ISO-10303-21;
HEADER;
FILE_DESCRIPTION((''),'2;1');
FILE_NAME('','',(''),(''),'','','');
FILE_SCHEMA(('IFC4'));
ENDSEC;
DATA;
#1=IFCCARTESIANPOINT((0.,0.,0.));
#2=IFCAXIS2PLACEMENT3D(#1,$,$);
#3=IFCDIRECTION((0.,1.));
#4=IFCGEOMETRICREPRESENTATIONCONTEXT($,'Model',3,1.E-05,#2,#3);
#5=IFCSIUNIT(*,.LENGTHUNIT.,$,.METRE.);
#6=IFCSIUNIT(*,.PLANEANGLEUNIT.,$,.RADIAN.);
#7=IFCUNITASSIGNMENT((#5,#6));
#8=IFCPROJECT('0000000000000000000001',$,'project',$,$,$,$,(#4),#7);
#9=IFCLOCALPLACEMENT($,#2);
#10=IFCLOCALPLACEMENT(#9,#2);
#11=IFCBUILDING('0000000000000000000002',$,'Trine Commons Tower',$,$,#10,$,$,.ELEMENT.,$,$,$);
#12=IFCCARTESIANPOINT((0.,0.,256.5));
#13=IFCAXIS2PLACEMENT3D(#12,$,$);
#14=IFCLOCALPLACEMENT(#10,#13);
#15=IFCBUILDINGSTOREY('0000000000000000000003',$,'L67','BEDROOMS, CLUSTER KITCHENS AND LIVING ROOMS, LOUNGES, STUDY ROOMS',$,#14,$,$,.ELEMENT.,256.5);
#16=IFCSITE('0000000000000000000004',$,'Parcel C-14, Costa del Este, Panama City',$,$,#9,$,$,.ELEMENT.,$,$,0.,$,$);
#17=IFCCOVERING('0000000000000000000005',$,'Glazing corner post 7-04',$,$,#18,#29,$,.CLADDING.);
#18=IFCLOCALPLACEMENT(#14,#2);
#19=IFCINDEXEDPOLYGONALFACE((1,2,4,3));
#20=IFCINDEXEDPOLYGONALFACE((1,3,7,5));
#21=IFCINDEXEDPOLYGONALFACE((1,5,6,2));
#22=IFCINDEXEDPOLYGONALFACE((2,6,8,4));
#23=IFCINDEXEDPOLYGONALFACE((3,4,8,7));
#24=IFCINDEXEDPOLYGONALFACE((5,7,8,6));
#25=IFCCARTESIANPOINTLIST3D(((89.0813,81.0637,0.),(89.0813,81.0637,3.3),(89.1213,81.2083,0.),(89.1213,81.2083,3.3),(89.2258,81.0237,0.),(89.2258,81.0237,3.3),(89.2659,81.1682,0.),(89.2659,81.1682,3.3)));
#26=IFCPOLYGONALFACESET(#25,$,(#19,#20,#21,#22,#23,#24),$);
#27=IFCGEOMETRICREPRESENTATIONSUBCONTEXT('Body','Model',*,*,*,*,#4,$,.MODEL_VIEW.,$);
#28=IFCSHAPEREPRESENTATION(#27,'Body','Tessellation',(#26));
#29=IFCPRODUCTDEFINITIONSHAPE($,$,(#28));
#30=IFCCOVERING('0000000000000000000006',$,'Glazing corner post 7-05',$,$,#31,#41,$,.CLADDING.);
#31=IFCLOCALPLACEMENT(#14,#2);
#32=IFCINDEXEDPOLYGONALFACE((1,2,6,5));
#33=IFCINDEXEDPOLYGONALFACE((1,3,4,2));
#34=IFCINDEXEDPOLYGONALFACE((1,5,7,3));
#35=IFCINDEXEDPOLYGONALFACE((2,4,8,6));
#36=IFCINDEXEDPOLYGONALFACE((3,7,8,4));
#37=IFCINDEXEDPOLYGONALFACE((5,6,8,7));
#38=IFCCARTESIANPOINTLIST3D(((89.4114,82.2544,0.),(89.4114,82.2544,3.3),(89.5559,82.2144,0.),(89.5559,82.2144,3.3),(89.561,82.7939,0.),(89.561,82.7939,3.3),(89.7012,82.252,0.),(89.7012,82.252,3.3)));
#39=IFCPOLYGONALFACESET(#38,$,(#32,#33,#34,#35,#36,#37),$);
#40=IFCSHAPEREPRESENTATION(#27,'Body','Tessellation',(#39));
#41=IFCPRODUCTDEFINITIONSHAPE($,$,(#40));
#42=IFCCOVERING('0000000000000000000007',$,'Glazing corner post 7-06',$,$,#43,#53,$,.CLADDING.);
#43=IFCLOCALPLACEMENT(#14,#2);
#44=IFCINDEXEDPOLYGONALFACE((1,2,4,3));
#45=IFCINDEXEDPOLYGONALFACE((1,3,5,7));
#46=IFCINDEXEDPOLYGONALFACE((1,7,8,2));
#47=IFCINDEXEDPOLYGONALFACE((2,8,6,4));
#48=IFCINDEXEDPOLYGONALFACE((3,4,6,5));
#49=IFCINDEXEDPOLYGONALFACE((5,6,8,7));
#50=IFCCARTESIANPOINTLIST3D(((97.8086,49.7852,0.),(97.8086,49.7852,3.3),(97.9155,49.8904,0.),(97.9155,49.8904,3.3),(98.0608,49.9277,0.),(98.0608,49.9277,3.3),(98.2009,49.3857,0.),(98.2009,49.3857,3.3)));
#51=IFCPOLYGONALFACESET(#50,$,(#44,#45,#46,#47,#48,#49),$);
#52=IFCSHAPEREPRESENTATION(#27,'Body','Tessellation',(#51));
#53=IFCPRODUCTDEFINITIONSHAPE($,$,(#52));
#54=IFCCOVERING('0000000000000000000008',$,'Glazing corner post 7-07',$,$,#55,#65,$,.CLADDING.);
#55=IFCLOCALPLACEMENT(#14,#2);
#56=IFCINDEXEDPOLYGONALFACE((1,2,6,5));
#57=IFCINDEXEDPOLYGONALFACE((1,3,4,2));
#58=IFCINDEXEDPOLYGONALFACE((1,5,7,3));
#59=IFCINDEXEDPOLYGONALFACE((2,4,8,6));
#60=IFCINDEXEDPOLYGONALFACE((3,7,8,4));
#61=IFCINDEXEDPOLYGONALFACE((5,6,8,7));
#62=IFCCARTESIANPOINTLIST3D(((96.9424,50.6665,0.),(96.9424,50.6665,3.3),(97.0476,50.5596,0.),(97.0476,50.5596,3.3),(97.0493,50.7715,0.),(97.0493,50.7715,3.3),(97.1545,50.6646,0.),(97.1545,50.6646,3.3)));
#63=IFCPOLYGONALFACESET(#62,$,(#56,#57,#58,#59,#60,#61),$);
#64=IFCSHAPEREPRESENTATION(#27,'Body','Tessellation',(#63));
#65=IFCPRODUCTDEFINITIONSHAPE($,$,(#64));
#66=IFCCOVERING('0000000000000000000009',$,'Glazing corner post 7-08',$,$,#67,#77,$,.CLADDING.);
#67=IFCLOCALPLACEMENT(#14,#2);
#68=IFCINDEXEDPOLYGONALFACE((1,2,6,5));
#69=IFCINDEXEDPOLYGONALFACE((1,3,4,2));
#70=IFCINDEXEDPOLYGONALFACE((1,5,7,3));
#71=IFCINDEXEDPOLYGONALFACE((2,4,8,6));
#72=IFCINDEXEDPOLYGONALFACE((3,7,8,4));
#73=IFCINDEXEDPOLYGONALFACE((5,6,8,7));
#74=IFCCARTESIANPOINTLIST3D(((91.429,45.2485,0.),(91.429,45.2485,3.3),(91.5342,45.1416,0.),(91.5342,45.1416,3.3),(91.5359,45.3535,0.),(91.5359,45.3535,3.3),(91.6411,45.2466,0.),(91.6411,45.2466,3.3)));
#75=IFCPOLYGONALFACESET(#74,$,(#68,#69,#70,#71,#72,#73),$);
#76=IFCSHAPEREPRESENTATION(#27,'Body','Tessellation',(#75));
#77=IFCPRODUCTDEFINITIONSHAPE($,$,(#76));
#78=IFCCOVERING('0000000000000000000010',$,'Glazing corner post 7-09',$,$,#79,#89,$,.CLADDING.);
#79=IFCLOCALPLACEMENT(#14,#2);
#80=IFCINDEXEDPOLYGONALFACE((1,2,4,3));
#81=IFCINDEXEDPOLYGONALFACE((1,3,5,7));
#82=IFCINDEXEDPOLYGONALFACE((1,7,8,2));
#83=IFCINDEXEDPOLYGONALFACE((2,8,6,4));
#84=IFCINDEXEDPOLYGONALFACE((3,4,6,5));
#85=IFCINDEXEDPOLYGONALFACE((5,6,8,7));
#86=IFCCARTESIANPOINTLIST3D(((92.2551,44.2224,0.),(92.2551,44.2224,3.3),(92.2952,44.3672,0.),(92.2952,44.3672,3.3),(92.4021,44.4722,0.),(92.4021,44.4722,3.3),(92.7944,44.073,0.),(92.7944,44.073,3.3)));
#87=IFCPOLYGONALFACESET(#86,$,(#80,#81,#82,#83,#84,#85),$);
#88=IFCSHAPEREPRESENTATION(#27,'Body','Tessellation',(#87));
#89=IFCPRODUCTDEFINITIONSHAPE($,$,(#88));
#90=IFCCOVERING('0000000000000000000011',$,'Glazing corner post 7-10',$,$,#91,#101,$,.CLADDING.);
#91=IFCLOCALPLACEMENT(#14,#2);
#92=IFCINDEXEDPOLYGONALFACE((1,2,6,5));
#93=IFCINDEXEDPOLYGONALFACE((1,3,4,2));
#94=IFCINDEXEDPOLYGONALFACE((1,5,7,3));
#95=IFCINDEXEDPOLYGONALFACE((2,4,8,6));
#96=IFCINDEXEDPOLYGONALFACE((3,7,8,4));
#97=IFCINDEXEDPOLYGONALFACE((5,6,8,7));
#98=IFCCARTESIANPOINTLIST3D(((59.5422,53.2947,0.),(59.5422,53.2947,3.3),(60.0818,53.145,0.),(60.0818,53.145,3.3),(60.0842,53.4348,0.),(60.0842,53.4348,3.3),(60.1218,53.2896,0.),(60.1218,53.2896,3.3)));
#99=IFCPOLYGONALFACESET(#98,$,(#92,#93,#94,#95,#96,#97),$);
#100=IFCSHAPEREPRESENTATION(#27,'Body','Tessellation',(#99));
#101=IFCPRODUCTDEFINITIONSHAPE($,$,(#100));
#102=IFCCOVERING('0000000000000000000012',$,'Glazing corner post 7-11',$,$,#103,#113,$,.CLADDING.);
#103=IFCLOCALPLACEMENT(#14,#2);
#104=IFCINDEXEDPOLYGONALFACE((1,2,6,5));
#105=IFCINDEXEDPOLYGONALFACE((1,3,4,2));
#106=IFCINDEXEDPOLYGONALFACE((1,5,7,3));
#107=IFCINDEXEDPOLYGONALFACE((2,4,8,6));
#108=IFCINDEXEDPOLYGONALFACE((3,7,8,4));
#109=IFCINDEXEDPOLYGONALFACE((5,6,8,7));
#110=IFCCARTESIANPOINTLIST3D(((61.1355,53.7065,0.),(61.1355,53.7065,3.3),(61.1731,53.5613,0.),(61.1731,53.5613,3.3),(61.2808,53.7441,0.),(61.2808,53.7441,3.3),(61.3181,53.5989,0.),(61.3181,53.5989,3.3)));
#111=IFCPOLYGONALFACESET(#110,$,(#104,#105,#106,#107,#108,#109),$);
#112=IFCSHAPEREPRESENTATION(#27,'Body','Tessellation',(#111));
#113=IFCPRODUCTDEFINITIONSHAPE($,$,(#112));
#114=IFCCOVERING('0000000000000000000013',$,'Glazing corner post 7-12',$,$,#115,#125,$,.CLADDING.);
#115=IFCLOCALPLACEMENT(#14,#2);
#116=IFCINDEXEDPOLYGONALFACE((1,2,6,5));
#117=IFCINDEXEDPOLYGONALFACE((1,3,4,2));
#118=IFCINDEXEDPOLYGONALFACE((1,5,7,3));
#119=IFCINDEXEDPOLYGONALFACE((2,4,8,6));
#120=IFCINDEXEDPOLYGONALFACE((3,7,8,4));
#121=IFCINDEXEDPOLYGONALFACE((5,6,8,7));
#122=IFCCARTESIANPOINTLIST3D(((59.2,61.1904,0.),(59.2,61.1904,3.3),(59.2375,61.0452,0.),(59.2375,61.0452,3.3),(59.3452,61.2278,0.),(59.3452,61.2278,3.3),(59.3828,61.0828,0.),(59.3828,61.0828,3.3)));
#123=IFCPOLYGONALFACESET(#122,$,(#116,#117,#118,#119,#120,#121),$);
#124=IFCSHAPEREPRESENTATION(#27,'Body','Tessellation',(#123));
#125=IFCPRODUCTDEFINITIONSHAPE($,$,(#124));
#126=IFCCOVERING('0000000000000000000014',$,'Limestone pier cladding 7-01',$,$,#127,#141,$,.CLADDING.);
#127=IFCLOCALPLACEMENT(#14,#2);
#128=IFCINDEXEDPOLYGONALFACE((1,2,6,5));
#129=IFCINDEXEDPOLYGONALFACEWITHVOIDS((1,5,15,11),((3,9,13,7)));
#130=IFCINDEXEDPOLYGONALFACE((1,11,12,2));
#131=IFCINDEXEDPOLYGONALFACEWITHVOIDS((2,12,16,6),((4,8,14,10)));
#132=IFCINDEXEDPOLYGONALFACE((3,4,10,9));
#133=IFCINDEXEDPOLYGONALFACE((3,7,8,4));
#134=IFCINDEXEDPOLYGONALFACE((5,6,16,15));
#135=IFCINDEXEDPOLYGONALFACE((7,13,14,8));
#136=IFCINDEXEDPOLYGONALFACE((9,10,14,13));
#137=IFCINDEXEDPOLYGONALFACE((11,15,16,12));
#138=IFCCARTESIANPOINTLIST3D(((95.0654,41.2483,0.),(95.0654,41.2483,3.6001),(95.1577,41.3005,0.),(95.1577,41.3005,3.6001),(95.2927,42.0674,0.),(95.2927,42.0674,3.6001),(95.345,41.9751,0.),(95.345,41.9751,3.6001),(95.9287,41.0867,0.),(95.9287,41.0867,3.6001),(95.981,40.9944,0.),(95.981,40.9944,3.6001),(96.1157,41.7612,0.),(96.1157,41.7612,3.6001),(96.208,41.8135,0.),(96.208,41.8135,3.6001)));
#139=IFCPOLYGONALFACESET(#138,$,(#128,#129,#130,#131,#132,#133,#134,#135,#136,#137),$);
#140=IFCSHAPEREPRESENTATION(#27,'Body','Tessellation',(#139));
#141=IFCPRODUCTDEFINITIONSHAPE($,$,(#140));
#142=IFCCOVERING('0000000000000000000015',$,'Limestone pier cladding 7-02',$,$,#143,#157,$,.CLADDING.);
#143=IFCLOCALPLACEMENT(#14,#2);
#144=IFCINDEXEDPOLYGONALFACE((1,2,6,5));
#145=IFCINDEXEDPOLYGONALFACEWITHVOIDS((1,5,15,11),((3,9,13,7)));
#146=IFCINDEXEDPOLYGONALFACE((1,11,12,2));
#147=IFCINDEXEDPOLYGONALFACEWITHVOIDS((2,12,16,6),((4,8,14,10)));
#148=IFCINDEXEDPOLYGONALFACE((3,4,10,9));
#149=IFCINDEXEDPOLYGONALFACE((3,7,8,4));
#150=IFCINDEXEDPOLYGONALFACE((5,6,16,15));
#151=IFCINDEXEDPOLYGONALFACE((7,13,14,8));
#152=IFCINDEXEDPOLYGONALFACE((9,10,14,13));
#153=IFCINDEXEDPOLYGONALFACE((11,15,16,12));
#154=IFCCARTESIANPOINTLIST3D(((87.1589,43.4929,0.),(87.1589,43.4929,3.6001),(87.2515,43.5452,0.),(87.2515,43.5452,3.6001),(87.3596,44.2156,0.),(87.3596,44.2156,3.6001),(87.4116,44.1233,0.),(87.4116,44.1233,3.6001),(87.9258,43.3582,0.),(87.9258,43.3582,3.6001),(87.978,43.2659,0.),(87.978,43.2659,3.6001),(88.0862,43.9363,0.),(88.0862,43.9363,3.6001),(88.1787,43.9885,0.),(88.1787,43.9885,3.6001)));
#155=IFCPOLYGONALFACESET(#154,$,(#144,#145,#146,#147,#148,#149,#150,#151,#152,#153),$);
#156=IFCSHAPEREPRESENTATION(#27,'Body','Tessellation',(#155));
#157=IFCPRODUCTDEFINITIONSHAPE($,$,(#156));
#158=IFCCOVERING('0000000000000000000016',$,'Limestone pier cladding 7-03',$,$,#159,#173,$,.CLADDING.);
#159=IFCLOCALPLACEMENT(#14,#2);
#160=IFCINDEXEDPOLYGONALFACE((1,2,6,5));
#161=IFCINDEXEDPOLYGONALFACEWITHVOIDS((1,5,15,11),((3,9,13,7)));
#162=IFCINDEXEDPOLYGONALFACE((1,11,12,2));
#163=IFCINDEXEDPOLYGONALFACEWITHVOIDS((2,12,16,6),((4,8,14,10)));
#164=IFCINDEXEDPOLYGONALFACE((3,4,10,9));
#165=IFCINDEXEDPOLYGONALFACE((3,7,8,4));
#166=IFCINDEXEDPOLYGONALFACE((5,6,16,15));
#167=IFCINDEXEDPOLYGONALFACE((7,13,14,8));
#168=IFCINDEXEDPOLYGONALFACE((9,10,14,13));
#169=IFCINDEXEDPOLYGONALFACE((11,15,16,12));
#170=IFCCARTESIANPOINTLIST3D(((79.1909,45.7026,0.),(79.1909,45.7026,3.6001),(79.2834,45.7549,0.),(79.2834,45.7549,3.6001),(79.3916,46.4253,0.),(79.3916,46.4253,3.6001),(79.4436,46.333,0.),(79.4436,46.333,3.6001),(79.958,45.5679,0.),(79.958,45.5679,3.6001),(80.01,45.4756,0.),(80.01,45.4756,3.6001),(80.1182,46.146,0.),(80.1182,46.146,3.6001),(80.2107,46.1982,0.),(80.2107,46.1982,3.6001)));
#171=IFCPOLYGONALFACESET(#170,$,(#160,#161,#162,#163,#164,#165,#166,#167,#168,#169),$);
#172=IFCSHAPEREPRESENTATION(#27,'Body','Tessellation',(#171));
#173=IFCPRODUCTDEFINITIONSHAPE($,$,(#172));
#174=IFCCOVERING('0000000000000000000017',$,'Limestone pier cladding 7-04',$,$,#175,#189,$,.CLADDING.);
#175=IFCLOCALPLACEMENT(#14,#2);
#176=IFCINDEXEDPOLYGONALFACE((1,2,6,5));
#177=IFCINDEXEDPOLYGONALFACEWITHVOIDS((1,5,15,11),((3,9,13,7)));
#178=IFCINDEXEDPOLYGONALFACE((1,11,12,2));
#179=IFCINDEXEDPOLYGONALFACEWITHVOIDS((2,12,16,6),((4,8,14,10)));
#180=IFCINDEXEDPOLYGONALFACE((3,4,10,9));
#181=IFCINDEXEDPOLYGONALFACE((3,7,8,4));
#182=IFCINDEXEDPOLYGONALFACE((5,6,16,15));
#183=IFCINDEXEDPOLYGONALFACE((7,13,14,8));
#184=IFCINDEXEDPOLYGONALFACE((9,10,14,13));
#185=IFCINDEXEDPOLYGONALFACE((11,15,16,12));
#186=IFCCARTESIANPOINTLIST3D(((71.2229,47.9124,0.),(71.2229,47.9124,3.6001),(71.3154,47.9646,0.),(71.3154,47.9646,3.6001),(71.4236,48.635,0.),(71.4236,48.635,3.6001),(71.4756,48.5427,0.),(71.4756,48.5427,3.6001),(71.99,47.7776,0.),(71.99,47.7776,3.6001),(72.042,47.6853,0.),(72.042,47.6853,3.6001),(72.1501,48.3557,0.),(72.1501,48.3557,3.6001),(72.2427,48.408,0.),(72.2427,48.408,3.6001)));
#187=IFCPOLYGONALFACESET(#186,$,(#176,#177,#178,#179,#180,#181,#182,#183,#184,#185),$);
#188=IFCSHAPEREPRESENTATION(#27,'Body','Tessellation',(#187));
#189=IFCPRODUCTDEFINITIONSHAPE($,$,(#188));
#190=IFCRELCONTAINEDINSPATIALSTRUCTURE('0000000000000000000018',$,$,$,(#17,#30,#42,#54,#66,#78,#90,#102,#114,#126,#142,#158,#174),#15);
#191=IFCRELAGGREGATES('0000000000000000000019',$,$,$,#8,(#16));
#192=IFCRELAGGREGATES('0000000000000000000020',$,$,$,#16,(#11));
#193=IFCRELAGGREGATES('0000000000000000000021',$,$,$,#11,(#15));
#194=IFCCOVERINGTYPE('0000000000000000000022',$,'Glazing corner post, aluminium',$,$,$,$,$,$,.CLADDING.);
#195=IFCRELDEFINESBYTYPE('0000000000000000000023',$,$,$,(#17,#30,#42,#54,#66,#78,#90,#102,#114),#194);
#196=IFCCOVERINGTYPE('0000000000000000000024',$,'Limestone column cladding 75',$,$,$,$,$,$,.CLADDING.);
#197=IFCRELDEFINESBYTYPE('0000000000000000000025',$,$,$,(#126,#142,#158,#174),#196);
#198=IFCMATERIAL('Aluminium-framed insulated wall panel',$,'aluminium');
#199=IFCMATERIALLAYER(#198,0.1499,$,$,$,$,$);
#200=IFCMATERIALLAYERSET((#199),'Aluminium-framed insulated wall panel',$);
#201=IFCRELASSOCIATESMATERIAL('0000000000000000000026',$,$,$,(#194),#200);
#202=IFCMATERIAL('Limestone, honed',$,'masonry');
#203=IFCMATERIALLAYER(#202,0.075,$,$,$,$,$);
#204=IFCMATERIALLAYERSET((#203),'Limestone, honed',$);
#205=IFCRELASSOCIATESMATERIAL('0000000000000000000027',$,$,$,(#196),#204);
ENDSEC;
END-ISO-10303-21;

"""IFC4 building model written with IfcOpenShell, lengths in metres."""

from ifc_helpers import new_model, si_unit, direction, frame, origin, place, context, subcontext, project, spatial, polyline, outline, extrude, material, layer, layer_set, type_object, element, save


model = new_model("IFC4")

# Units and contexts
model_context = context("Model", 3, precision=1e-05, world=origin(), true_north=direction((0.0, 1.0)))
body_context = subcontext(model_context, "Body", "Model", "MODEL_VIEW")
ifc_project = project(units=[si_unit("LENGTHUNIT", "METRE"), si_unit("PLANEANGLEUNIT", "RADIAN")], contexts=[model_context])

# Site, building, storey
site_placement = place(None, origin())
site = spatial("IfcSite", under=ifc_project, at=site_placement, Name="Parcel C-14, Costa del Este, Panama City", CompositionType="ELEMENT", RefElevation=0.0)
building_placement = place(site_placement, origin())
building = spatial("IfcBuilding", under=site, at=building_placement, Name="Trine Commons Tower", CompositionType="ELEMENT")
storey_placement = place(building_placement, frame((0.0, 0.0, 256.5)))
storey = spatial("IfcBuildingStorey", under=building, at=storey_placement, Name="L67", Description="BEDROOMS, CLUSTER KITCHENS AND LIVING ROOMS, LOUNGES, STUDY ROOMS", CompositionType="ELEMENT", Elevation=256.5)

# Coverings
ifc_material_1 = material(Name="Aluminium-framed insulated wall panel", Category="aluminium")
ifc_layer_1 = layer(ifc_material_1, 0.1499)
ifc_layer_set_1 = layer_set([ifc_layer_1], Name="Aluminium-framed insulated wall panel")
covering_type_1 = type_object("IfcCoveringType", Name="Glazing corner post, aluminium", PredefinedType="CLADDING", material=ifc_layer_set_1)
covering_1_placement = place(storey_placement, origin())
element("IfcCovering", 1, at=covering_1_placement, inside=storey, type_object=covering_type_1, Name="Glazing corner post 7-04", PredefinedType="CLADDING", context=body_context, shape_type="SweptSolid", body=[
    extrude(outline(polyline([(89.0813, 81.0637), (89.2258, 81.0237), (89.2659, 81.1682), (89.1213, 81.2083), (89.0813, 81.0637)])), origin(), (0.0, 0.0, 1.0), 3.3),
])
covering_2_placement = place(storey_placement, origin())
element("IfcCovering", 2, at=covering_2_placement, inside=storey, type_object=covering_type_1, Name="Glazing corner post 7-05", PredefinedType="CLADDING", context=body_context, shape_type="SweptSolid", body=[
    extrude(outline(polyline([(89.4114, 82.2544), (89.5559, 82.2144), (89.7012, 82.252), (89.561, 82.7939), (89.4114, 82.2544)])), origin(), (0.0, 0.0, 1.0), 3.3),
])
covering_3_placement = place(storey_placement, origin())
element("IfcCovering", 3, at=covering_3_placement, inside=storey, type_object=covering_type_1, Name="Glazing corner post 7-06", PredefinedType="CLADDING", context=body_context, shape_type="SweptSolid", body=[
    extrude(outline(polyline([(97.8086, 49.7852), (98.2009, 49.3857), (98.0608, 49.9277), (97.9155, 49.8904), (97.9155, 49.8904), (97.8086, 49.7852)])), origin(), (0.0, 0.0, 1.0), 3.3),
])
covering_4_placement = place(storey_placement, origin())
element("IfcCovering", 4, at=covering_4_placement, inside=storey, type_object=covering_type_1, Name="Glazing corner post 7-07", PredefinedType="CLADDING", context=body_context, shape_type="SweptSolid", body=[
    extrude(outline(polyline([(96.9424, 50.6665), (97.0476, 50.5596), (97.1545, 50.6646), (97.0493, 50.7715), (96.9424, 50.6665)])), origin(), (0.0, 0.0, 1.0), 3.3),
])
covering_5_placement = place(storey_placement, origin())
element("IfcCovering", 5, at=covering_5_placement, inside=storey, type_object=covering_type_1, Name="Glazing corner post 7-08", PredefinedType="CLADDING", context=body_context, shape_type="SweptSolid", body=[
    extrude(outline(polyline([(91.5342, 45.1416), (91.6411, 45.2466), (91.5359, 45.3535), (91.429, 45.2485), (91.5342, 45.1416)])), origin(), (0.0, 0.0, 1.0), 3.3),
])
covering_6_placement = place(storey_placement, origin())
element("IfcCovering", 6, at=covering_6_placement, inside=storey, type_object=covering_type_1, Name="Glazing corner post 7-09", PredefinedType="CLADDING", context=body_context, shape_type="SweptSolid", body=[
    extrude(outline(polyline([(92.2551, 44.2224), (92.7944, 44.073), (92.4021, 44.4722), (92.2952, 44.3672), (92.2551, 44.2224)])), origin(), (0.0, 0.0, 1.0), 3.3),
])
covering_7_placement = place(storey_placement, origin())
element("IfcCovering", 7, at=covering_7_placement, inside=storey, type_object=covering_type_1, Name="Glazing corner post 7-10", PredefinedType="CLADDING", context=body_context, shape_type="SweptSolid", body=[
    extrude(outline(polyline([(60.0818, 53.145), (60.1218, 53.2896), (60.0842, 53.4348), (59.5422, 53.2947), (60.0818, 53.145)])), origin(), (0.0, 0.0, 1.0), 3.3),
])
covering_8_placement = place(storey_placement, origin())
element("IfcCovering", 8, at=covering_8_placement, inside=storey, type_object=covering_type_1, Name="Glazing corner post 7-11", PredefinedType="CLADDING", context=body_context, shape_type="SweptSolid", body=[
    extrude(outline(polyline([(61.1355, 53.7065), (61.1355, 53.7065), (61.1731, 53.5613), (61.3181, 53.5989), (61.2808, 53.7441), (61.1355, 53.7065)])), origin(), (0.0, 0.0, 1.0), 3.3),
])
covering_9_placement = place(storey_placement, origin())
element("IfcCovering", 9, at=covering_9_placement, inside=storey, type_object=covering_type_1, Name="Glazing corner post 7-12", PredefinedType="CLADDING", context=body_context, shape_type="SweptSolid", body=[
    extrude(outline(polyline([(59.2, 61.1904), (59.2375, 61.0452), (59.3828, 61.0828), (59.3452, 61.2278), (59.2, 61.1904)])), origin(), (0.0, 0.0, 1.0), 3.3),
])
ifc_material_2 = material(Name="Limestone, honed", Category="masonry")
ifc_layer_2 = layer(ifc_material_2, 0.075)
ifc_layer_set_2 = layer_set([ifc_layer_2], Name="Limestone, honed")
covering_type_2 = type_object("IfcCoveringType", Name="Limestone column cladding 75", PredefinedType="CLADDING", material=ifc_layer_set_2)
covering_10_placement = place(storey_placement, origin())
element("IfcCovering", 10, at=covering_10_placement, inside=storey, type_object=covering_type_2, Name="Limestone pier cladding 7-01", PredefinedType="CLADDING", context=body_context, shape_type="SweptSolid", body=[
    extrude(outline(polyline([(95.2927, 42.0674), (95.0654, 41.2483), (95.981, 40.9944), (96.208, 41.8135), (95.2927, 42.0674)]), holes=[polyline([(95.345, 41.9751), (95.1577, 41.3005), (95.9287, 41.0867), (96.1157, 41.7612), (95.345, 41.9751)])]), origin(), (0.0, 0.0, 1.0), 3.6001),
])
covering_11_placement = place(storey_placement, origin())
element("IfcCovering", 11, at=covering_11_placement, inside=storey, type_object=covering_type_2, Name="Limestone pier cladding 7-02", PredefinedType="CLADDING", context=body_context, shape_type="SweptSolid", body=[
    extrude(outline(polyline([(87.3596, 44.2156), (87.1589, 43.4929), (87.978, 43.2659), (88.1787, 43.9885), (87.3596, 44.2156)]), holes=[polyline([(87.4116, 44.1233), (87.2515, 43.5452), (87.9258, 43.3582), (88.0862, 43.9363), (87.4116, 44.1233)])]), origin(), (0.0, 0.0, 1.0), 3.6001),
])
covering_12_placement = place(storey_placement, origin())
element("IfcCovering", 12, at=covering_12_placement, inside=storey, type_object=covering_type_2, Name="Limestone pier cladding 7-03", PredefinedType="CLADDING", context=body_context, shape_type="SweptSolid", body=[
    extrude(outline(polyline([(79.3916, 46.4253), (79.1909, 45.7026), (80.01, 45.4756), (80.2107, 46.1982), (79.3916, 46.4253)]), holes=[polyline([(79.4436, 46.333), (79.2834, 45.7549), (79.958, 45.5679), (80.1182, 46.146), (79.4436, 46.333)])]), origin(), (0.0, 0.0, 1.0), 3.6001),
])
covering_13_placement = place(storey_placement, origin())
element("IfcCovering", 13, at=covering_13_placement, inside=storey, type_object=covering_type_2, Name="Limestone pier cladding 7-04", PredefinedType="CLADDING", context=body_context, shape_type="SweptSolid", body=[
    extrude(outline(polyline([(71.4236, 48.635), (71.2229, 47.9124), (72.042, 47.6853), (72.2427, 48.408), (71.4236, 48.635)]), holes=[polyline([(71.4756, 48.5427), (71.3154, 47.9646), (71.99, 47.7776), (72.1501, 48.3557), (71.4756, 48.5427)])]), origin(), (0.0, 0.0, 1.0), 3.6001),
])

save(model, "model.ifc")
